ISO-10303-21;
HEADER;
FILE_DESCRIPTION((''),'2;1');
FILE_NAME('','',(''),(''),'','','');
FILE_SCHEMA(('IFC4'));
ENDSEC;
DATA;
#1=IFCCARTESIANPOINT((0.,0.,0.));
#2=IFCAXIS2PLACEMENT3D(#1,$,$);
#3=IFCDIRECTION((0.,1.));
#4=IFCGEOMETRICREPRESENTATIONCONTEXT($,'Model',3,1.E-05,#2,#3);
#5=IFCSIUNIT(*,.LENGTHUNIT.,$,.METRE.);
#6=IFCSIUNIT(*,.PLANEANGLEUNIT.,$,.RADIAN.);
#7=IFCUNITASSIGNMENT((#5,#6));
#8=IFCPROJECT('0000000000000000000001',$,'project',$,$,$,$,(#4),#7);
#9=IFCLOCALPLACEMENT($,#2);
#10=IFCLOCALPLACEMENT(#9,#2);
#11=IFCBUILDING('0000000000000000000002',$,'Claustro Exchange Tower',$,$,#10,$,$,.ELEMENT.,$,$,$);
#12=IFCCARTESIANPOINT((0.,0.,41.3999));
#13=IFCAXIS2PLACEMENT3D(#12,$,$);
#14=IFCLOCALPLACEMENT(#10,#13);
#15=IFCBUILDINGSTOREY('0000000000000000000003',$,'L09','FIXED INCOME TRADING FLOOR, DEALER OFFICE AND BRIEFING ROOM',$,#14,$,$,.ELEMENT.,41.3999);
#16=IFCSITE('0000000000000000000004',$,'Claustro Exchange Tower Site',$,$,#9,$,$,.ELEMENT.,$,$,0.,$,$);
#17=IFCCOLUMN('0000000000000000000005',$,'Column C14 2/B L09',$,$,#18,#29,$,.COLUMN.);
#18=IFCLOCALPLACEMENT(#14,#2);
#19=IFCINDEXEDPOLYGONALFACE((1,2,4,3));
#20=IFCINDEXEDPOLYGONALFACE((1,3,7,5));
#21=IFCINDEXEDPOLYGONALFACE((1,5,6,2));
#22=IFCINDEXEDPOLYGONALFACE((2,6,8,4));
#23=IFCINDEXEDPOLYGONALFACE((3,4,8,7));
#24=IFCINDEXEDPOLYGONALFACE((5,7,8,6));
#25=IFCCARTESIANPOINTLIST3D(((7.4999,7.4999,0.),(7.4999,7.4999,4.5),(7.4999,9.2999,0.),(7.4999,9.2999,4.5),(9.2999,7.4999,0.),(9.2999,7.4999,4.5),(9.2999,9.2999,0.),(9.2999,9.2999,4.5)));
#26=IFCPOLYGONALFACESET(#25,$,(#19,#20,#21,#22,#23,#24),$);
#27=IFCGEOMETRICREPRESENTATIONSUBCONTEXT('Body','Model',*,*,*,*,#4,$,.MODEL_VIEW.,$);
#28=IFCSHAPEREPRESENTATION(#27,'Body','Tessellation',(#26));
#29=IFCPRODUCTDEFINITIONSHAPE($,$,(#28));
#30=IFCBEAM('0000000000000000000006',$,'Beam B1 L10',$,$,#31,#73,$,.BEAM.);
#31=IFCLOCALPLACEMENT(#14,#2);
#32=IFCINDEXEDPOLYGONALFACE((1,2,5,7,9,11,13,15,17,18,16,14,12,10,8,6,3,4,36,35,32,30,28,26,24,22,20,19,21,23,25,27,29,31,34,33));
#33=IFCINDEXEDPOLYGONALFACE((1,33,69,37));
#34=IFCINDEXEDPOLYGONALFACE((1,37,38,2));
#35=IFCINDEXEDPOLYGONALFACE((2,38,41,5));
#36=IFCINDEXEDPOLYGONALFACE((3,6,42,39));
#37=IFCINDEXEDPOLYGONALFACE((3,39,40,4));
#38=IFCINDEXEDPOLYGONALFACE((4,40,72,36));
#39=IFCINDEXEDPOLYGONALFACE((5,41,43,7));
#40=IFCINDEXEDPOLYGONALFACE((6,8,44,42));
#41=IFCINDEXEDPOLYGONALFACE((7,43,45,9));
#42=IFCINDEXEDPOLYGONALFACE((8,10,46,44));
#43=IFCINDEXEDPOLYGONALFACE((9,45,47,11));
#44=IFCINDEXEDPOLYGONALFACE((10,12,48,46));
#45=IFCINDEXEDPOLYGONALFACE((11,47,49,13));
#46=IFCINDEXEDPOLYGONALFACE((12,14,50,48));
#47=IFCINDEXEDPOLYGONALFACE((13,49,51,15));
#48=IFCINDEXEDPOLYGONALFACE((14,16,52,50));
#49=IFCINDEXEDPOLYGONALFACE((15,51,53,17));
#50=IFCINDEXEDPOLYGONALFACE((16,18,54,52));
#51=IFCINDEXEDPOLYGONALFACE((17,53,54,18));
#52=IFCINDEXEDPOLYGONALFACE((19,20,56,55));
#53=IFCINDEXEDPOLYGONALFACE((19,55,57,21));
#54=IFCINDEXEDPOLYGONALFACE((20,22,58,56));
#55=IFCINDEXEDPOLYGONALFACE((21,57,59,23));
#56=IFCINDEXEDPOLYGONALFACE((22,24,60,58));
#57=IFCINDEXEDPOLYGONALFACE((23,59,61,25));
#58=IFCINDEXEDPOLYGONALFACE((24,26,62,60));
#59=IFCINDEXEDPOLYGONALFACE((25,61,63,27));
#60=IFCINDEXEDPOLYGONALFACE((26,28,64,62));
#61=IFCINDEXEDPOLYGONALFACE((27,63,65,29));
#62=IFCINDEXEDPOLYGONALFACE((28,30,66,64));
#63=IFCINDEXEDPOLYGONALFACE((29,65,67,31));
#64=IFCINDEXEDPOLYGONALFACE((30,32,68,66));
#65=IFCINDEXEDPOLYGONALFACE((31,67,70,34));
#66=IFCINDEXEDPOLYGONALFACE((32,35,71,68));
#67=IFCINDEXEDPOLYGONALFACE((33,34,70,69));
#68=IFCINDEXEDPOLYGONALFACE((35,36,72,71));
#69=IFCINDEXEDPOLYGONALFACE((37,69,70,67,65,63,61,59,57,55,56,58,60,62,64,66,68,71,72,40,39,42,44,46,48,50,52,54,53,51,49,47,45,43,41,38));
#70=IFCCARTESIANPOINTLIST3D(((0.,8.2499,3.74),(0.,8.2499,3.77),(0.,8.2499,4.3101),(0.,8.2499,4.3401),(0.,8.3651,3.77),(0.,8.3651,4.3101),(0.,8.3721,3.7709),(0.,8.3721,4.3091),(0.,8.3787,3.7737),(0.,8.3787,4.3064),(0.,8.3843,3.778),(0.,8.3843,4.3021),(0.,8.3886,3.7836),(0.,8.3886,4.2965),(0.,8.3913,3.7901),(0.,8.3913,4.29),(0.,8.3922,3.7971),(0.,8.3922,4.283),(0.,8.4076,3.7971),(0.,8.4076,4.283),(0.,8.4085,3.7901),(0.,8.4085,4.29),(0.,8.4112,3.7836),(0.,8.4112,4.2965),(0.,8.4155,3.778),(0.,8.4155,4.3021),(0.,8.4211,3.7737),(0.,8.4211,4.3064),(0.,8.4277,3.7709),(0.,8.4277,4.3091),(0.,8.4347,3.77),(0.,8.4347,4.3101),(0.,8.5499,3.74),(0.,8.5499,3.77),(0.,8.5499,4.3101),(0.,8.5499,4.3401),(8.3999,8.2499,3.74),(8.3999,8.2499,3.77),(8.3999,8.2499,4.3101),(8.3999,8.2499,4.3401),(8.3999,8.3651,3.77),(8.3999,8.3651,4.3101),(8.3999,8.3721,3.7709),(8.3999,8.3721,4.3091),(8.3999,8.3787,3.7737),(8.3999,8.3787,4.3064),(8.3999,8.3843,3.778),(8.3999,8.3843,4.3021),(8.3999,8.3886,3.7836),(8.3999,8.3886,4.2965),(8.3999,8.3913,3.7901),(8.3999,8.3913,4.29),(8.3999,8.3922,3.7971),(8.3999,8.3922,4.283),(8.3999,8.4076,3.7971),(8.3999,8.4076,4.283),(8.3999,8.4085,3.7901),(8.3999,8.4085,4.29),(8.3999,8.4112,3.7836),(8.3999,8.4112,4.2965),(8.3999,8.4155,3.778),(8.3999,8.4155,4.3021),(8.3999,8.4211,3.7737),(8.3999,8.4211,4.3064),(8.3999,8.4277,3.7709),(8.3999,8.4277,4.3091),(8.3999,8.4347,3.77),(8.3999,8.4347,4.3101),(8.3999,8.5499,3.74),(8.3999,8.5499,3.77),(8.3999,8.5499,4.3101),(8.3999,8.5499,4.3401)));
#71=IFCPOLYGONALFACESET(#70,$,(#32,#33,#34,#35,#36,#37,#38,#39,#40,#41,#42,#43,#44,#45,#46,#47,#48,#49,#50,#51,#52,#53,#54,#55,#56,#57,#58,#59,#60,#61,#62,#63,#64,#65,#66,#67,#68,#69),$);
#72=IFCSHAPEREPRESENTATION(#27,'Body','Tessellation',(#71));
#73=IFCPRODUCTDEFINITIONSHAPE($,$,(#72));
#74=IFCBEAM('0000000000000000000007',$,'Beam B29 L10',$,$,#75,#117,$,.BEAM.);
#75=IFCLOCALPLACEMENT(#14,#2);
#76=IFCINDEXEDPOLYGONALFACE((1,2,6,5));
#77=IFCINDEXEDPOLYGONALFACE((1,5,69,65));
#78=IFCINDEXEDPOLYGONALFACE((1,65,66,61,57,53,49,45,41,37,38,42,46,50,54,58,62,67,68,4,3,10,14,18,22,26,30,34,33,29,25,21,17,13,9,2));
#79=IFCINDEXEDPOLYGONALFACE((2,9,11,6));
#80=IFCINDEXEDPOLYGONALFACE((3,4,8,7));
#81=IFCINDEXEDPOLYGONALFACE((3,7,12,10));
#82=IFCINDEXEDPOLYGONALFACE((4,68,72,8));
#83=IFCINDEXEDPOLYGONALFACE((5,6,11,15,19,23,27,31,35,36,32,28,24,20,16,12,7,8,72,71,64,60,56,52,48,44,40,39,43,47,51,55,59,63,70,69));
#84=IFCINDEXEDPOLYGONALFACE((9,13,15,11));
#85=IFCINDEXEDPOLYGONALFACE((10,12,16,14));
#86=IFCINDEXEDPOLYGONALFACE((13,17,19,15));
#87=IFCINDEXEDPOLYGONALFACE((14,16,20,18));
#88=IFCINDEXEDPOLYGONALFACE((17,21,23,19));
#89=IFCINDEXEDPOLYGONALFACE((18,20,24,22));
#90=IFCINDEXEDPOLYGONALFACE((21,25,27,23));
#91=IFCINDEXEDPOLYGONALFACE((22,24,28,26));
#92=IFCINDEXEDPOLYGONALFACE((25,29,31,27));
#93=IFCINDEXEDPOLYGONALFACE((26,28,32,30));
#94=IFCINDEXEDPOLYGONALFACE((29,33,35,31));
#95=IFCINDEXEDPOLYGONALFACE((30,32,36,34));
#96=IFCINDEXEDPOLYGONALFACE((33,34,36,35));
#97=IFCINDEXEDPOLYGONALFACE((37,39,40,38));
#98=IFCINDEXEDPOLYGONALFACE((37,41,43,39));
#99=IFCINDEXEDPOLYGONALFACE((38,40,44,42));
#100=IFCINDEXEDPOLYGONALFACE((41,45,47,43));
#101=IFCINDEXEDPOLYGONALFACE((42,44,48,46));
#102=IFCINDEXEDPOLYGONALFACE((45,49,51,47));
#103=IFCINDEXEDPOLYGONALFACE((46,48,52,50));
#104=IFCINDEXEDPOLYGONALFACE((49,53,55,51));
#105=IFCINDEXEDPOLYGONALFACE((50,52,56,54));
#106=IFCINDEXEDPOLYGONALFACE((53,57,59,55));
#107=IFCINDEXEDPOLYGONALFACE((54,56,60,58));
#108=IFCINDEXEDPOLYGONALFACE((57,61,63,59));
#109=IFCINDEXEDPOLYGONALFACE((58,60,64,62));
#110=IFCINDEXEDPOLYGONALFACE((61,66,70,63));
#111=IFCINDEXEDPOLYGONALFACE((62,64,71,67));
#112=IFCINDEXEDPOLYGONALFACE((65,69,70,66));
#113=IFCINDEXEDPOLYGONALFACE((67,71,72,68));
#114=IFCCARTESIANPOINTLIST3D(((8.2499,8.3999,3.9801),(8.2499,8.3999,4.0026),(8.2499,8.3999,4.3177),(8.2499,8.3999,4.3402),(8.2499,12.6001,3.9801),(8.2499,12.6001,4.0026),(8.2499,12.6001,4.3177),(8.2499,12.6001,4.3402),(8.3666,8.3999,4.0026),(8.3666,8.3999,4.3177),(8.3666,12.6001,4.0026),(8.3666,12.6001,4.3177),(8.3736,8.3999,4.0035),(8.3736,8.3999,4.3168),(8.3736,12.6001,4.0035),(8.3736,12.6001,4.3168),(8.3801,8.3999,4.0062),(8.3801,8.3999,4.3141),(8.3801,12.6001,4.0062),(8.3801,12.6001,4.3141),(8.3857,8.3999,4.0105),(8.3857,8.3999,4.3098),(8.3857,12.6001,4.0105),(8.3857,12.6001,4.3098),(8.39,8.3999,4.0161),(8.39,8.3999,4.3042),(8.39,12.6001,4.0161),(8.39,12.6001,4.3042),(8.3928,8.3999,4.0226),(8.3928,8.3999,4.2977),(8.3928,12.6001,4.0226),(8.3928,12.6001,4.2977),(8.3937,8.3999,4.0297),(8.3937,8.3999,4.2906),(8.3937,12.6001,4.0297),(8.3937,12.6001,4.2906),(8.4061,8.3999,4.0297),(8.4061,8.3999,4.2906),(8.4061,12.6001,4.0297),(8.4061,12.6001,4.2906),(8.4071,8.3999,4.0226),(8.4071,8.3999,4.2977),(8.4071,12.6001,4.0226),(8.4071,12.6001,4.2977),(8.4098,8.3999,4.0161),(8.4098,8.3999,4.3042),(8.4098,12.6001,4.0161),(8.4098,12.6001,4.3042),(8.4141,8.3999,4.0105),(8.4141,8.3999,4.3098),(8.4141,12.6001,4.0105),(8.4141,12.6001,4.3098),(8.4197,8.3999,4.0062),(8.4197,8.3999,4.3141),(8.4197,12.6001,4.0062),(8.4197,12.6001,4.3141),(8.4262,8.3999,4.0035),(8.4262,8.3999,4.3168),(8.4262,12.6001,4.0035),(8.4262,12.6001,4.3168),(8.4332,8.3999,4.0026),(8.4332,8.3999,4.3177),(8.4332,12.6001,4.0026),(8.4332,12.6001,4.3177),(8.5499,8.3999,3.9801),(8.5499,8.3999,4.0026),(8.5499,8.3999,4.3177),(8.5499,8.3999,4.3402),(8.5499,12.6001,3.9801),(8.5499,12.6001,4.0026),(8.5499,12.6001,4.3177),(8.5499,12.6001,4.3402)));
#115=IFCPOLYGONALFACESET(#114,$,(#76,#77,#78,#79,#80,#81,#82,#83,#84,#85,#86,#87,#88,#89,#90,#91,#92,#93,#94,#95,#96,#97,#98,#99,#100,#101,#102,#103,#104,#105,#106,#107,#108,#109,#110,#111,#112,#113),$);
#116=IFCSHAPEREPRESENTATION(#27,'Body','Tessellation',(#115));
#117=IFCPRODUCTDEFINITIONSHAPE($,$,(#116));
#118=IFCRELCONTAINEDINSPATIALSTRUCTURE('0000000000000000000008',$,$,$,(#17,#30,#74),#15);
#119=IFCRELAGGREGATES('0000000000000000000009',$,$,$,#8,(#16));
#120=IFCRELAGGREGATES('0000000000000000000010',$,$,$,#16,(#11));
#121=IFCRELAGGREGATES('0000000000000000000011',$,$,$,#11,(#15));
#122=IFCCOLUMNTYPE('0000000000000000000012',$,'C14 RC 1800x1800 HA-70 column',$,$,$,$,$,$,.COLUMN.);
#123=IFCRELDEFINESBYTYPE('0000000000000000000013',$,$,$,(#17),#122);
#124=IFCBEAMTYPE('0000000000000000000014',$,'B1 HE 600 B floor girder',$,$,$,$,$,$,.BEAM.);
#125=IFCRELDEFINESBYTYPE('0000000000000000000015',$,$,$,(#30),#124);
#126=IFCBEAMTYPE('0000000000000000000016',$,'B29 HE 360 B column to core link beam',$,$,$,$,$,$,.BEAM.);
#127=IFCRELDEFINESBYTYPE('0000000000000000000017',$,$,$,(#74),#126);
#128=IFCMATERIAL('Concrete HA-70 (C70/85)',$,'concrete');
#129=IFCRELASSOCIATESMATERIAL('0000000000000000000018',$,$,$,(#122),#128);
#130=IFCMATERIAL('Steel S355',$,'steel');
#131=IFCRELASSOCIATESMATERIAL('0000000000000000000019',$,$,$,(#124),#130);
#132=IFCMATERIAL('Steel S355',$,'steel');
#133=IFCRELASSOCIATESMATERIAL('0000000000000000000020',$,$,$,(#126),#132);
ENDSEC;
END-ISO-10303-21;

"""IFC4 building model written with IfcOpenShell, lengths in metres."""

from ifc_helpers import new_model, si_unit, direction, frame, origin, origin_2d, place, context, subcontext, project, spatial, rectangle, i_section, extrude, material, material_profile, profile_set, type_object, element, save


model = new_model("IFC4")

# Units and contexts
model_context = context("Model", 3, precision=1e-05, world=origin(), true_north=direction((0.0, 1.0)))
body_context = subcontext(model_context, "Body", "Model", "MODEL_VIEW")
ifc_project = project(units=[si_unit("LENGTHUNIT", "METRE"), si_unit("PLANEANGLEUNIT", "RADIAN")], contexts=[model_context])

# Site, building, storey
site_placement = place(None, origin())
site = spatial("IfcSite", under=ifc_project, at=site_placement, Name="Claustro Exchange Tower Site", CompositionType="ELEMENT", RefElevation=0.0)
building_placement = place(site_placement, origin())
building = spatial("IfcBuilding", under=site, at=building_placement, Name="Claustro Exchange Tower", CompositionType="ELEMENT")
storey_placement = place(building_placement, frame((0.0, 0.0, 41.3999)))
storey = spatial("IfcBuildingStorey", under=building, at=storey_placement, Name="L09", Description="FIXED INCOME TRADING FLOOR, DEALER OFFICE AND BRIEFING ROOM", CompositionType="ELEMENT", Elevation=41.3999)

# Column
ifc_material_1 = material(Name="Concrete HA-70 (C70/85)", Category="concrete")
ifc_material_profile_1 = material_profile(ifc_material_1, rectangle(XDim=1.8, YDim=1.8, at=origin_2d()), Name="RC 1800x1800")
ifc_profile_set_1 = profile_set([ifc_material_profile_1], Name="Concrete HA-70 (C70/85)")
column_type = type_object("IfcColumnType", Name="C14 RC 1800x1800 HA-70 column", PredefinedType="COLUMN", material=ifc_profile_set_1)
column_placement = place(storey_placement, frame((8.3999, 8.3999, 0.0), z_axis=(0.0, 0.0, 1.0), x_axis=(1.0, 0.0, 0.0)))
element("IfcColumn", 1, at=column_placement, inside=storey, type_object=column_type, Name="Column C14 2/B L09", PredefinedType="COLUMN", context=body_context, shape_type="SweptSolid", body=[
    extrude(rectangle(XDim=1.8, YDim=1.8, at=origin_2d()), origin(), (0.0, 0.0, 1.0), 4.5),
])

# Beams
ifc_material_2 = material(Name="Steel S355", Category="steel")
ifc_material_profile_2 = material_profile(ifc_material_2, i_section(OverallWidth=0.3, OverallDepth=0.6001, WebThickness=0.0154, FlangeThickness=0.03, FilletRadius=0.0271, at=origin_2d()), Name="HE 600 B")
ifc_profile_set_2 = profile_set([ifc_material_profile_2], Name="Steel S355")
beam_type_1 = type_object("IfcBeamType", Name="B1 HE 600 B floor girder", PredefinedType="BEAM", material=ifc_profile_set_2)
beam_1_placement = place(storey_placement, frame((0.0, 8.3999, 4.04), z_axis=(1.0, 0.0, 0.0), x_axis=(0.0, 1.0, 0.0)))
element("IfcBeam", 2, at=beam_1_placement, inside=storey, type_object=beam_type_1, Name="Beam B1 L10", PredefinedType="BEAM", context=body_context, shape_type="SweptSolid", body=[
    extrude(i_section(OverallWidth=0.3, OverallDepth=0.6001, WebThickness=0.0154, FlangeThickness=0.03, FilletRadius=0.0271, at=origin_2d()), origin(), (0.0, 0.0, 1.0), 8.3999),
])
ifc_material_3 = material(Name="Steel S355", Category="steel")
ifc_material_profile_3 = material_profile(ifc_material_3, i_section(OverallWidth=0.3, OverallDepth=0.3601, WebThickness=0.0125, FlangeThickness=0.0225, FilletRadius=0.0271, at=origin_2d()), Name="HE 360 B")
ifc_profile_set_3 = profile_set([ifc_material_profile_3], Name="Steel S355")
beam_type_2 = type_object("IfcBeamType", Name="B29 HE 360 B column to core link beam", PredefinedType="BEAM", material=ifc_profile_set_3)
beam_2_placement = place(storey_placement, frame((8.3999, 8.3999, 4.1602), z_axis=(0.0, 1.0, 0.0), x_axis=(-1.0, 0.0, 0.0)))
element("IfcBeam", 3, at=beam_2_placement, inside=storey, type_object=beam_type_2, Name="Beam B29 L10", PredefinedType="BEAM", context=body_context, shape_type="SweptSolid", body=[
    extrude(i_section(OverallWidth=0.3, OverallDepth=0.3601, WebThickness=0.0125, FlangeThickness=0.0225, FilletRadius=0.0271, at=origin_2d()), origin(), (0.0, 0.0, 1.0), 4.2002),
])

save(model, "model.ifc")
